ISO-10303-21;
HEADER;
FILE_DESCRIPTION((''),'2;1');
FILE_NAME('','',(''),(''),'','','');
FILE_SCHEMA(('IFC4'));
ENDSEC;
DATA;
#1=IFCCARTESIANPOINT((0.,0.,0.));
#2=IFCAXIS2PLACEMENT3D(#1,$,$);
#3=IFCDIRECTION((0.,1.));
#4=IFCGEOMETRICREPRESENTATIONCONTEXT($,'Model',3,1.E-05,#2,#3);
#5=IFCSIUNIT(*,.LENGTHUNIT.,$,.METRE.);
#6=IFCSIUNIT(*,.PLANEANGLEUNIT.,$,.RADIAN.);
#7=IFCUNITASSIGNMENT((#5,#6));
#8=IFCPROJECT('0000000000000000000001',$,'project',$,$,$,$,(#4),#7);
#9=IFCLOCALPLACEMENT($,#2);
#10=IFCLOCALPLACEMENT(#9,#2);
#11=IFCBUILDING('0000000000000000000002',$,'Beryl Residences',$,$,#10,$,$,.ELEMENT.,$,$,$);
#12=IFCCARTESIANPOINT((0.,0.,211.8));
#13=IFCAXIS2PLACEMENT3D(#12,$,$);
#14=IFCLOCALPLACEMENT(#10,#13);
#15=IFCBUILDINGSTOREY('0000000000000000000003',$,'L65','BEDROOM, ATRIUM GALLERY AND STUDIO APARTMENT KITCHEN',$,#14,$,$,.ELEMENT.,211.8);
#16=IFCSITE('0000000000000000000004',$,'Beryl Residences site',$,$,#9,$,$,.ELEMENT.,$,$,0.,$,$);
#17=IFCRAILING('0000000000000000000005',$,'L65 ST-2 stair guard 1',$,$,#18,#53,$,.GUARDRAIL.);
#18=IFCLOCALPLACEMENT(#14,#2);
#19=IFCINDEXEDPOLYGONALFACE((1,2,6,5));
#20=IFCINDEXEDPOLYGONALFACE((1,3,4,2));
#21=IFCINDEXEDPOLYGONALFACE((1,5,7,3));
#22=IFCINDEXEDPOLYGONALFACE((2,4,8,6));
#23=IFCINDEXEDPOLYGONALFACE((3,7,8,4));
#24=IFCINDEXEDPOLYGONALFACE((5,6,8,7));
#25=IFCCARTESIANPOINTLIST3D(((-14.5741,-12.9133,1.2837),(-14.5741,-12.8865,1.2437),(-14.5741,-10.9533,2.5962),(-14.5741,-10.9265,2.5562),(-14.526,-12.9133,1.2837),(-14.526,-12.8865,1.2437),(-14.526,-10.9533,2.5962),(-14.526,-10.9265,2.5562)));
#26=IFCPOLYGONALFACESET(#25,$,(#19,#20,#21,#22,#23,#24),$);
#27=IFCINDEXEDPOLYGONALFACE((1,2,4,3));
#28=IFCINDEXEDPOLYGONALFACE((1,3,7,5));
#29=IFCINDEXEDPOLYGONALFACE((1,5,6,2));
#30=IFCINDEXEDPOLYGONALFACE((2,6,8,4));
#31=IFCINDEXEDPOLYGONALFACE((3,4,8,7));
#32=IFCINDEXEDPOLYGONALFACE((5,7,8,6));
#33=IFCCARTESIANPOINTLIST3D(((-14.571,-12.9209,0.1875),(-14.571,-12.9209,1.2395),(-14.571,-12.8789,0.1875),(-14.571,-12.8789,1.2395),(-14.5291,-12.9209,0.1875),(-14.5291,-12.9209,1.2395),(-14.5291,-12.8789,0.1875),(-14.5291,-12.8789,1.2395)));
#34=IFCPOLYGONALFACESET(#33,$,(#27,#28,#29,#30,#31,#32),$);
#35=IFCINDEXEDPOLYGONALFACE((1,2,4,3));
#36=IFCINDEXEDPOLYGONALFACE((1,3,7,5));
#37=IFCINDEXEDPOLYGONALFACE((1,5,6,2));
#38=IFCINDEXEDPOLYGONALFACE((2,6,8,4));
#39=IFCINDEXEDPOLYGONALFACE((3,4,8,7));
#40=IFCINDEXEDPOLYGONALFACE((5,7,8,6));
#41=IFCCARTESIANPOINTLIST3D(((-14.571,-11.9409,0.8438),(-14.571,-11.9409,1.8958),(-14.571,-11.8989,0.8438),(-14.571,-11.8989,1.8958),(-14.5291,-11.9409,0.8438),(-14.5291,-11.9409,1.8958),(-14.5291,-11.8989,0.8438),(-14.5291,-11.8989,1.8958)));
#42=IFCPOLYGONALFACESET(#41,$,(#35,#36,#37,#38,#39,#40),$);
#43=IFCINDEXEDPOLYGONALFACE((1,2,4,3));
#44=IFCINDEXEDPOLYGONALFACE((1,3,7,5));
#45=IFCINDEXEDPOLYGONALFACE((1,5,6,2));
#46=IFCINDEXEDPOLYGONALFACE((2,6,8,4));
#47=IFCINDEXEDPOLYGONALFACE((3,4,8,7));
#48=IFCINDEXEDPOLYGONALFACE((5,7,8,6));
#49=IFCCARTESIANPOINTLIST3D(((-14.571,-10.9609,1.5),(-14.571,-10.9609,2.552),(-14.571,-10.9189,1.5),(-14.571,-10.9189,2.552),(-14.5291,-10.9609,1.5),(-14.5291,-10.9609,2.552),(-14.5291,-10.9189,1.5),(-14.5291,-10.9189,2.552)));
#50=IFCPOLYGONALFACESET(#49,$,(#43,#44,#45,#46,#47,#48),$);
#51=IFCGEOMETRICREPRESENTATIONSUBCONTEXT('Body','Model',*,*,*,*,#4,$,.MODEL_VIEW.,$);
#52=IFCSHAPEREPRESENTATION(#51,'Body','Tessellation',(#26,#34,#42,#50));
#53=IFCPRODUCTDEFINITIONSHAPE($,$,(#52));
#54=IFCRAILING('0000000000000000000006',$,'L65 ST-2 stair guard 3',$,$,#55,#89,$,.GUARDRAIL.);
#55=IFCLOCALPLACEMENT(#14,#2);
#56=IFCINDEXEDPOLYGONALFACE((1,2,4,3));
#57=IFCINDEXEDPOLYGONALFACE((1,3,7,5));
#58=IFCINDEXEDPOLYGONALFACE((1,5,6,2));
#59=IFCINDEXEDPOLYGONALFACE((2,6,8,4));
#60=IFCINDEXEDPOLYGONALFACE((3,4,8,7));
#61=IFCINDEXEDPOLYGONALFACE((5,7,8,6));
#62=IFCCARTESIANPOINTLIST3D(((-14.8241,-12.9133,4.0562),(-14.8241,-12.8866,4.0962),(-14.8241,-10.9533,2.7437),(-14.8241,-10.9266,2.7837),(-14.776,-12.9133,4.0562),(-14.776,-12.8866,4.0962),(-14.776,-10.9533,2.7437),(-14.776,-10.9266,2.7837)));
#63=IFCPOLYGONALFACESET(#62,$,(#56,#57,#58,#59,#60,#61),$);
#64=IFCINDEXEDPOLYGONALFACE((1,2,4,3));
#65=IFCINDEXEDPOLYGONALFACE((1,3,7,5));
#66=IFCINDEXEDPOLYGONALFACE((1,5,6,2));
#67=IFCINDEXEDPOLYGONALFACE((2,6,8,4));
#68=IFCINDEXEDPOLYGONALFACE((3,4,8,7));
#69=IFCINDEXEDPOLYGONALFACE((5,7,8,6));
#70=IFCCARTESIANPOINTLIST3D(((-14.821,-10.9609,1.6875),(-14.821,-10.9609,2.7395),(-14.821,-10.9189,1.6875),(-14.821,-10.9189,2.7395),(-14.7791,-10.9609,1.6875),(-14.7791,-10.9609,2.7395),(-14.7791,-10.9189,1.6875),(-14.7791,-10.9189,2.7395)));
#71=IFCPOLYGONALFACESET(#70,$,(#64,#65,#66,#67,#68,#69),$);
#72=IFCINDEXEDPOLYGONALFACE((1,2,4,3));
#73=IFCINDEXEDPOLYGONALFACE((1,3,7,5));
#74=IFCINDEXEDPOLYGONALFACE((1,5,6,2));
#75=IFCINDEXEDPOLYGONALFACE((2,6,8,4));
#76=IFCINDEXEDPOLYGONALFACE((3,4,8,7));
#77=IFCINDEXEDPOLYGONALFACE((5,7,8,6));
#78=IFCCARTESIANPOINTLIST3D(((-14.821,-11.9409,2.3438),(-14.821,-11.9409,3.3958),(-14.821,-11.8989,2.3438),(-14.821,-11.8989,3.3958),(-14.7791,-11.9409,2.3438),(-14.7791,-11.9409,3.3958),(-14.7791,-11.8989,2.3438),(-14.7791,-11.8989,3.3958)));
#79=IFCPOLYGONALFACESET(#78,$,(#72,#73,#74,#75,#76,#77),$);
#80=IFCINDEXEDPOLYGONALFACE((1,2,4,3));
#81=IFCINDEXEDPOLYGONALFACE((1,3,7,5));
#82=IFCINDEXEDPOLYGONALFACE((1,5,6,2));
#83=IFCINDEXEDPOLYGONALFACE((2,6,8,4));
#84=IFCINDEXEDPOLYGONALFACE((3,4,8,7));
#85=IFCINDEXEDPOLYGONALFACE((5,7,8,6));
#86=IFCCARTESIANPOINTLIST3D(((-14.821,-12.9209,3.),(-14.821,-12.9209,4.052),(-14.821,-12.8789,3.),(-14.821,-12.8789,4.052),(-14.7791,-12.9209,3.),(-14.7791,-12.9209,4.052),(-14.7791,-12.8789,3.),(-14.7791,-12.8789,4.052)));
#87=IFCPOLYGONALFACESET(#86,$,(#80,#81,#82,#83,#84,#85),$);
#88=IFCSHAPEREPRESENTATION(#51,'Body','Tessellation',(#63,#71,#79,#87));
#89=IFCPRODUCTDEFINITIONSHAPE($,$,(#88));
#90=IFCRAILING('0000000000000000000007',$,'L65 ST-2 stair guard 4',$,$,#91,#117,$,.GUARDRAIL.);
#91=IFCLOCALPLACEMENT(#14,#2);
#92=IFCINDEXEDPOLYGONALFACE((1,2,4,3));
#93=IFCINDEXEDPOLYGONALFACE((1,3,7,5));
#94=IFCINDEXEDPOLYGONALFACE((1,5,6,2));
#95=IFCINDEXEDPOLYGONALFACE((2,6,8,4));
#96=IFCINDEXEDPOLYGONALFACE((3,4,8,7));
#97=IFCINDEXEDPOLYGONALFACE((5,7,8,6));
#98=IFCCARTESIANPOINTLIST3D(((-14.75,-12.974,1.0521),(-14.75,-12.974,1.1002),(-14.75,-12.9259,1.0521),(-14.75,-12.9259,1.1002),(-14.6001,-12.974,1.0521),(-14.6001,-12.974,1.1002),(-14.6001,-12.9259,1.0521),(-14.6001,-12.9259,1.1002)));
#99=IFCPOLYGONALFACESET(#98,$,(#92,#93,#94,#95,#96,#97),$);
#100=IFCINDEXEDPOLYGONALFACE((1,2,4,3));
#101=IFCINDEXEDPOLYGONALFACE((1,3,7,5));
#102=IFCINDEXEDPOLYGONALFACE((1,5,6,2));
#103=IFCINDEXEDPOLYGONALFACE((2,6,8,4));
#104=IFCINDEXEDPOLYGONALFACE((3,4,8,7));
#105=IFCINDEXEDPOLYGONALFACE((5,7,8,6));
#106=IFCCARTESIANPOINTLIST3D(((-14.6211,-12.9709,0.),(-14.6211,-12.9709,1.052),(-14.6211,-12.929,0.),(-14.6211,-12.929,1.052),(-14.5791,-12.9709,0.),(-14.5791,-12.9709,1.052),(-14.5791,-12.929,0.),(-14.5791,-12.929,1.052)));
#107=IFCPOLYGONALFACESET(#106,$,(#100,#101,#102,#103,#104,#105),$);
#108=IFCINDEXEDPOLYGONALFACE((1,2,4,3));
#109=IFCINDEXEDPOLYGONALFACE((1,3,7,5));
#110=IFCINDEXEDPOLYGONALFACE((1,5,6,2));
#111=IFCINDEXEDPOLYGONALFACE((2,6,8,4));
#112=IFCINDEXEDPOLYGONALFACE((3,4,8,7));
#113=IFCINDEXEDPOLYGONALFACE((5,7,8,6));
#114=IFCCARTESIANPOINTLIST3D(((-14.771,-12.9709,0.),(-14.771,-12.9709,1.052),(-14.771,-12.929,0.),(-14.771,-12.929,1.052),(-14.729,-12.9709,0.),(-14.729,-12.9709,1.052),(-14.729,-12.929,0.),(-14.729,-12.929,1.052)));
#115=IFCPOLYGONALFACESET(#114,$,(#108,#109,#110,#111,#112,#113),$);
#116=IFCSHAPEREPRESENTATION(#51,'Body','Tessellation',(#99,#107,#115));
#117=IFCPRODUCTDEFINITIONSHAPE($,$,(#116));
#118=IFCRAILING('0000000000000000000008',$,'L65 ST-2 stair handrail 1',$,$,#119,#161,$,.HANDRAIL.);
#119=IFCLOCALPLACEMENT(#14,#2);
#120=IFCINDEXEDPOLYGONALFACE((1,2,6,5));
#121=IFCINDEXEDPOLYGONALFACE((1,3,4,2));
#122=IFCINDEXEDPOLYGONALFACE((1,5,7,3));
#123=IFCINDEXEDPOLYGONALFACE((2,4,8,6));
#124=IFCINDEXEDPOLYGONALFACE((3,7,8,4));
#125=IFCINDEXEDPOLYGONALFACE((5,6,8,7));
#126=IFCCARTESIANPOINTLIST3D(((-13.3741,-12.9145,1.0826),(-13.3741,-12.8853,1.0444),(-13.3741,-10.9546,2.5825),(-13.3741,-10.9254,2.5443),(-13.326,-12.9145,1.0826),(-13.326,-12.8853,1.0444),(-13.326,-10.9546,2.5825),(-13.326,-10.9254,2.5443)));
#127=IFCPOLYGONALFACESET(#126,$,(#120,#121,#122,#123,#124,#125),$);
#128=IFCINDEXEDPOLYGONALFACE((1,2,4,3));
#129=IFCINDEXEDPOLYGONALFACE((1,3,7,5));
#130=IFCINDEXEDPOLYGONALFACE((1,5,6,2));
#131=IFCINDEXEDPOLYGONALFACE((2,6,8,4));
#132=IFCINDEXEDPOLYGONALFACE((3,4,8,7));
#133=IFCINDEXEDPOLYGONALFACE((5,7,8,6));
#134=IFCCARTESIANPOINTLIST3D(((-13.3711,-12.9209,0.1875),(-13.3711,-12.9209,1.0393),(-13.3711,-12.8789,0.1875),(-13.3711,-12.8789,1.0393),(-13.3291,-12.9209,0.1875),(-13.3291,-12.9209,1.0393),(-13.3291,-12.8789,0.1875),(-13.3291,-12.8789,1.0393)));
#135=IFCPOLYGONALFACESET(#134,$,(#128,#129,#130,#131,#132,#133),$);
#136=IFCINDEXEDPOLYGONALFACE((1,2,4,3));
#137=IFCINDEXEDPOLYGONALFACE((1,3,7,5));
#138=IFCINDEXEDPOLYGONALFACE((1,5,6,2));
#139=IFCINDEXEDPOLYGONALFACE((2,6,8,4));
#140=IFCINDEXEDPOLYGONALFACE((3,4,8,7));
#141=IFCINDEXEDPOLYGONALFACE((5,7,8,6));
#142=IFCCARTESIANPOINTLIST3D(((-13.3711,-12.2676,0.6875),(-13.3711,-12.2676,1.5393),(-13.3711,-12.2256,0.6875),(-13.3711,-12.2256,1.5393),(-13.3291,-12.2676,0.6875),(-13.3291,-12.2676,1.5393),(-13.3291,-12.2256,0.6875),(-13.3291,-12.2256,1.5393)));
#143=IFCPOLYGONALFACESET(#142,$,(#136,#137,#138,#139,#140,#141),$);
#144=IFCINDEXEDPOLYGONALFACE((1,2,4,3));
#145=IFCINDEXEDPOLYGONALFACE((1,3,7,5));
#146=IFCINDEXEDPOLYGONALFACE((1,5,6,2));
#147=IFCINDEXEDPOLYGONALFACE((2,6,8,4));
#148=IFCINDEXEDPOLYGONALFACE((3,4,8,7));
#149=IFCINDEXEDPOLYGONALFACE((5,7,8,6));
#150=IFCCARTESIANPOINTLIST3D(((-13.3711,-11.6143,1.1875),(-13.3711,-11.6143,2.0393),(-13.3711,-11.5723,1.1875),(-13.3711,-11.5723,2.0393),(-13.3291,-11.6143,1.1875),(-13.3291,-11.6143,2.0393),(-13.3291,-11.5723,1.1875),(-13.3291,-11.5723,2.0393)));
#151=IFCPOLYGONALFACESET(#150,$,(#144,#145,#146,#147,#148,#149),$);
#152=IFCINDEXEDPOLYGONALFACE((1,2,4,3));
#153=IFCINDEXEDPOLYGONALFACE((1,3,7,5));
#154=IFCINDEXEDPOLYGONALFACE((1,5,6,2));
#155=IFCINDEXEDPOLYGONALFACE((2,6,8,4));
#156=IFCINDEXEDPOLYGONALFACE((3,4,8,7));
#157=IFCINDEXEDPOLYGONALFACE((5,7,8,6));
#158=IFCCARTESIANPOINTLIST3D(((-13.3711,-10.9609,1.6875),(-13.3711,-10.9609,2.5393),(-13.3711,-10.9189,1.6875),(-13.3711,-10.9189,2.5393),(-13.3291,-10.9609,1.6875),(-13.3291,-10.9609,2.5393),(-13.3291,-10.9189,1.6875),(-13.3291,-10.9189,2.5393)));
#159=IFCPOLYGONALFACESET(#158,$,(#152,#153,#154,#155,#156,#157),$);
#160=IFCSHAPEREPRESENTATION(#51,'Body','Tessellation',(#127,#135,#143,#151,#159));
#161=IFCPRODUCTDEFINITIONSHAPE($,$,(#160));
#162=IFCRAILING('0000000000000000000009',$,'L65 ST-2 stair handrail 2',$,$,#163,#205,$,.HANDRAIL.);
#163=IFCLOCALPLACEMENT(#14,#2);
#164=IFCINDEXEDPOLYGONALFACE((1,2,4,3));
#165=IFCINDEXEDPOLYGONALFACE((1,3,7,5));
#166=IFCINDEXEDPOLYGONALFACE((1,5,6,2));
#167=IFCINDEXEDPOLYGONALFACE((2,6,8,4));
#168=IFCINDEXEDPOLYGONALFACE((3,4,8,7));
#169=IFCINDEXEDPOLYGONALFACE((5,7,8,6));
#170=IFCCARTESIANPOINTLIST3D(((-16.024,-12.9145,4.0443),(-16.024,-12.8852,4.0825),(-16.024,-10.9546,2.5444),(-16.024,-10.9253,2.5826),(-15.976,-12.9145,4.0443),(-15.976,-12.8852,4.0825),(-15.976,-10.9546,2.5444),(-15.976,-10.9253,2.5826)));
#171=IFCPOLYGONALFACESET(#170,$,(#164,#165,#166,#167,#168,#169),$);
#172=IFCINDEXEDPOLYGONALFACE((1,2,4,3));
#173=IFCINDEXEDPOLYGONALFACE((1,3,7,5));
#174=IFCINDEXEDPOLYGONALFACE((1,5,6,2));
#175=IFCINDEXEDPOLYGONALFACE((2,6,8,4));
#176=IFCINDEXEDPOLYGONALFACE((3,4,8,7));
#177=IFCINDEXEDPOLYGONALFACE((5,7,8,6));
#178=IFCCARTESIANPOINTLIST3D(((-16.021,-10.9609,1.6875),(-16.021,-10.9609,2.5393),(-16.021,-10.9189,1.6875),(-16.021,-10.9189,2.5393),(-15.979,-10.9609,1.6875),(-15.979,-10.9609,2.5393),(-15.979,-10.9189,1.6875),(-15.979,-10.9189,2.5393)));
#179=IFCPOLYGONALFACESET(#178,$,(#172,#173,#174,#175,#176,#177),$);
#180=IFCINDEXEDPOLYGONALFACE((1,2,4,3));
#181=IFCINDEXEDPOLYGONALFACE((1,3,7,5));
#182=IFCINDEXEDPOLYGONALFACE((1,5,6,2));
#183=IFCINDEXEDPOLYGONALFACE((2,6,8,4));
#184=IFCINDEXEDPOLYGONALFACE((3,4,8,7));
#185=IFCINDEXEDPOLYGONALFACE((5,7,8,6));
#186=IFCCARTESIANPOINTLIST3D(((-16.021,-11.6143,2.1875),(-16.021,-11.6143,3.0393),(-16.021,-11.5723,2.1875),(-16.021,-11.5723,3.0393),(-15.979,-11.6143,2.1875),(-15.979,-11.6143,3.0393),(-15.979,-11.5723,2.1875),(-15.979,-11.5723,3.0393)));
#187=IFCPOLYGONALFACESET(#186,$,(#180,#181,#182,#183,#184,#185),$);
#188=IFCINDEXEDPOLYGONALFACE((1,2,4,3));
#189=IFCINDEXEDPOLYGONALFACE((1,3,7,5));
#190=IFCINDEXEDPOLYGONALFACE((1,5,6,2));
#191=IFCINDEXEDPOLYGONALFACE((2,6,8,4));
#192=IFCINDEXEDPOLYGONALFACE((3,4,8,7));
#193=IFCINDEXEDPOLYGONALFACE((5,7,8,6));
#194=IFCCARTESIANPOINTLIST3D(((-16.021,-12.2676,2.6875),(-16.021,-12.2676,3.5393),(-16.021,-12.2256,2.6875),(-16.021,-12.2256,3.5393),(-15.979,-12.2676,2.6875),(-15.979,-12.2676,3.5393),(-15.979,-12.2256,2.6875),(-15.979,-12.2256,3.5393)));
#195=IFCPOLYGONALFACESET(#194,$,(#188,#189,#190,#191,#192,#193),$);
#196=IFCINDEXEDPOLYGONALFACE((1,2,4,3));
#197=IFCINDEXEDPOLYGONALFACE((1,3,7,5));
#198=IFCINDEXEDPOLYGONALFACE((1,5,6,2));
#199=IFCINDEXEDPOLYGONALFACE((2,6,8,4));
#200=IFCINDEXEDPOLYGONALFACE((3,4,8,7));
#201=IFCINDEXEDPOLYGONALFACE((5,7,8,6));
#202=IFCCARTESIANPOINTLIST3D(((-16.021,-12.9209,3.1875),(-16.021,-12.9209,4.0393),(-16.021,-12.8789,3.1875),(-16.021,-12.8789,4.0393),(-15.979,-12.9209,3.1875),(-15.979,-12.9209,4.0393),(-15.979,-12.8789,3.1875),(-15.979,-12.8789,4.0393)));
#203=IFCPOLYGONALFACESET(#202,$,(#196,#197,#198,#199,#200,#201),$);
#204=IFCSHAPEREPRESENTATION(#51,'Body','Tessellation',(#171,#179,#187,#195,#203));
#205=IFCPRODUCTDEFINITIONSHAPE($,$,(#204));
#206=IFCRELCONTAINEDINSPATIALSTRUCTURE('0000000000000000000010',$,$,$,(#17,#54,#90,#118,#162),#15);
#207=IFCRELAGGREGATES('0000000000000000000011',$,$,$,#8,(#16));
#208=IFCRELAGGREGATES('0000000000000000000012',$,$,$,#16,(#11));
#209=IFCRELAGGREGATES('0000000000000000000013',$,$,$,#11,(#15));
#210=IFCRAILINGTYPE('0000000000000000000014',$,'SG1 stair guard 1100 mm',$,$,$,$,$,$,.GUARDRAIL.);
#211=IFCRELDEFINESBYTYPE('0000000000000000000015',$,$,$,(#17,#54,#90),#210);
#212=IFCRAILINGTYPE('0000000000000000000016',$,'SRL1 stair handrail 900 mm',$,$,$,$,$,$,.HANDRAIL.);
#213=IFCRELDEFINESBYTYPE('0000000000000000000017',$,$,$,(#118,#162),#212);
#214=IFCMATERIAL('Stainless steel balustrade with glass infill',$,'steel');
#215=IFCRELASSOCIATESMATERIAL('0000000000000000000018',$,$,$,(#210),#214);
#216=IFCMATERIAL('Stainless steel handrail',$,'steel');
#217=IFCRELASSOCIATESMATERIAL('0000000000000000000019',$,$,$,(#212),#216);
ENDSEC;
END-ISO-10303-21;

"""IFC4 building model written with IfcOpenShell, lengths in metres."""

from ifc_helpers import new_model, si_unit, direction, frame, origin, origin_2d, place, context, subcontext, project, spatial, rectangle, extrude, material, type_object, element, save


model = new_model("IFC4")

# Units and contexts
model_context = context("Model", 3, precision=1e-05, world=origin(), true_north=direction((0.0, 1.0)))
body_context = subcontext(model_context, "Body", "Model", "MODEL_VIEW")
ifc_project = project(units=[si_unit("LENGTHUNIT", "METRE"), si_unit("PLANEANGLEUNIT", "RADIAN")], contexts=[model_context])

# Site, building, storey
site_placement = place(None, origin())
site = spatial("IfcSite", under=ifc_project, at=site_placement, Name="Beryl Residences site", CompositionType="ELEMENT", RefElevation=0.0)
building_placement = place(site_placement, origin())
building = spatial("IfcBuilding", under=site, at=building_placement, Name="Beryl Residences", CompositionType="ELEMENT")
storey_placement = place(building_placement, frame((0.0, 0.0, 211.8)))
storey = spatial("IfcBuildingStorey", under=building, at=storey_placement, Name="L65", Description="BEDROOM, ATRIUM GALLERY AND STUDIO APARTMENT KITCHEN", CompositionType="ELEMENT", Elevation=211.8)

# Railings
ifc_material_1 = material(Name="Stainless steel balustrade with glass infill", Category="steel")
railing_type_1 = type_object("IfcRailingType", Name="SG1 stair guard 1100 mm", PredefinedType="GUARDRAIL", material=ifc_material_1)
railing_1_placement = place(storey_placement, frame((-14.55, -12.8999, 0.1875)))
element("IfcRailing", 1, at=railing_1_placement, inside=storey, type_object=railing_type_1, Name="L65 ST-2 stair guard 1", PredefinedType="GUARDRAIL", context=body_context, shape_type="SweptSolid", body=[
    extrude(rectangle(XDim=0.0481, YDim=0.0481, at=origin_2d()), frame((0.0, 0.0, 1.0762), z_axis=(0.0, 0.830902, 0.556419), x_axis=(-1.0, 0.0, 0.0)), (0.0, 0.0, 1.0), 2.3589),
    extrude(rectangle(XDim=0.042, YDim=0.042, at=origin_2d()), origin(), (0.0, 0.0, 1.0), 1.052),
    extrude(rectangle(XDim=0.042, YDim=0.042, at=origin_2d()), frame((0.0, 0.98, 0.6562)), (0.0, 0.0, 1.0), 1.052),
    extrude(rectangle(XDim=0.042, YDim=0.042, at=origin_2d()), frame((0.0, 1.96, 1.3125)), (0.0, 0.0, 1.0), 1.052),
])
railing_2_placement = place(storey_placement, frame((-14.8, -10.9399, 1.6875)))
element("IfcRailing", 2, at=railing_2_placement, inside=storey, type_object=railing_type_1, Name="L65 ST-2 stair guard 3", PredefinedType="GUARDRAIL", context=body_context, shape_type="SweptSolid", body=[
    extrude(rectangle(XDim=0.0481, YDim=0.0481, at=origin_2d()), frame((0.0, 0.0, 1.0762), z_axis=(0.0, -0.830902, 0.556419), x_axis=(1.0, 0.0, 0.0)), (0.0, 0.0, 1.0), 2.3589),
    extrude(rectangle(XDim=0.042, YDim=0.042, at=origin_2d()), origin(), (0.0, 0.0, 1.0), 1.052),
    extrude(rectangle(XDim=0.042, YDim=0.042, at=origin_2d()), frame((0.0, -0.98, 0.6562)), (0.0, 0.0, 1.0), 1.052),
    extrude(rectangle(XDim=0.042, YDim=0.042, at=origin_2d()), frame((0.0, -1.96, 1.3125)), (0.0, 0.0, 1.0), 1.052),
])
railing_3_placement = place(storey_placement, frame((-14.6001, -12.95, 0.0)))
element("IfcRailing", 3, at=railing_3_placement, inside=storey, type_object=railing_type_1, Name="L65 ST-2 stair guard 4", PredefinedType="GUARDRAIL", context=body_context, shape_type="SweptSolid", body=[
    extrude(rectangle(XDim=0.0481, YDim=0.0481, at=origin_2d()), frame((0.0, 0.0, 1.0762), z_axis=(-1.0, 0.0, 0.0), x_axis=(0.0, -1.0, 0.0)), (0.0, 0.0, 1.0), 0.1499),
    extrude(rectangle(XDim=0.042, YDim=0.042, at=origin_2d()), origin(), (0.0, 0.0, 1.0), 1.052),
    extrude(rectangle(XDim=0.042, YDim=0.042, at=origin_2d()), frame((-0.1499, 0.0, 0.0)), (0.0, 0.0, 1.0), 1.052),
])
ifc_material_2 = material(Name="Stainless steel handrail", Category="steel")
railing_type_2 = type_object("IfcRailingType", Name="SRL1 stair handrail 900 mm", PredefinedType="HANDRAIL", material=ifc_material_2)
railing_4_placement = place(storey_placement, frame((-13.3501, -12.8999, 0.1875)))
element("IfcRailing", 4, at=railing_4_placement, inside=storey, type_object=railing_type_2, Name="L65 ST-2 stair handrail 1", PredefinedType="HANDRAIL", context=body_context, shape_type="SweptSolid", body=[
    extrude(rectangle(XDim=0.0481, YDim=0.0481, at=origin_2d()), frame((0.0, 0.0, 0.876), z_axis=(0.0, 0.794122, 0.607758), x_axis=(-1.0, 0.0, 0.0)), (0.0, 0.0, 1.0), 2.468),
    extrude(rectangle(XDim=0.042, YDim=0.042, at=origin_2d()), origin(), (0.0, 0.0, 1.0), 0.8518),
    extrude(rectangle(XDim=0.042, YDim=0.042, at=origin_2d()), frame((0.0, 0.6533, 0.5)), (0.0, 0.0, 1.0), 0.8518),
    extrude(rectangle(XDim=0.042, YDim=0.042, at=origin_2d()), frame((0.0, 1.3066, 1.0)), (0.0, 0.0, 1.0), 0.8518),
    extrude(rectangle(XDim=0.042, YDim=0.042, at=origin_2d()), frame((0.0, 1.96, 1.5)), (0.0, 0.0, 1.0), 0.8518),
])
railing_5_placement = place(storey_placement, frame((-16.0, -10.9399, 1.6875)))
element("IfcRailing", 5, at=railing_5_placement, inside=storey, type_object=railing_type_2, Name="L65 ST-2 stair handrail 2", PredefinedType="HANDRAIL", context=body_context, shape_type="SweptSolid", body=[
    extrude(rectangle(XDim=0.0481, YDim=0.0481, at=origin_2d()), frame((0.0, 0.0, 0.876), z_axis=(0.0, -0.794122, 0.607758), x_axis=(1.0, 0.0, 0.0)), (0.0, 0.0, 1.0), 2.468),
    extrude(rectangle(XDim=0.042, YDim=0.042, at=origin_2d()), origin(), (0.0, 0.0, 1.0), 0.8518),
    extrude(rectangle(XDim=0.042, YDim=0.042, at=origin_2d()), frame((0.0, -0.6533, 0.5)), (0.0, 0.0, 1.0), 0.8518),
    extrude(rectangle(XDim=0.042, YDim=0.042, at=origin_2d()), frame((0.0, -1.3066, 1.0)), (0.0, 0.0, 1.0), 0.8518),
    extrude(rectangle(XDim=0.042, YDim=0.042, at=origin_2d()), frame((0.0, -1.96, 1.5)), (0.0, 0.0, 1.0), 0.8518),
])

save(model, "model.ifc")
